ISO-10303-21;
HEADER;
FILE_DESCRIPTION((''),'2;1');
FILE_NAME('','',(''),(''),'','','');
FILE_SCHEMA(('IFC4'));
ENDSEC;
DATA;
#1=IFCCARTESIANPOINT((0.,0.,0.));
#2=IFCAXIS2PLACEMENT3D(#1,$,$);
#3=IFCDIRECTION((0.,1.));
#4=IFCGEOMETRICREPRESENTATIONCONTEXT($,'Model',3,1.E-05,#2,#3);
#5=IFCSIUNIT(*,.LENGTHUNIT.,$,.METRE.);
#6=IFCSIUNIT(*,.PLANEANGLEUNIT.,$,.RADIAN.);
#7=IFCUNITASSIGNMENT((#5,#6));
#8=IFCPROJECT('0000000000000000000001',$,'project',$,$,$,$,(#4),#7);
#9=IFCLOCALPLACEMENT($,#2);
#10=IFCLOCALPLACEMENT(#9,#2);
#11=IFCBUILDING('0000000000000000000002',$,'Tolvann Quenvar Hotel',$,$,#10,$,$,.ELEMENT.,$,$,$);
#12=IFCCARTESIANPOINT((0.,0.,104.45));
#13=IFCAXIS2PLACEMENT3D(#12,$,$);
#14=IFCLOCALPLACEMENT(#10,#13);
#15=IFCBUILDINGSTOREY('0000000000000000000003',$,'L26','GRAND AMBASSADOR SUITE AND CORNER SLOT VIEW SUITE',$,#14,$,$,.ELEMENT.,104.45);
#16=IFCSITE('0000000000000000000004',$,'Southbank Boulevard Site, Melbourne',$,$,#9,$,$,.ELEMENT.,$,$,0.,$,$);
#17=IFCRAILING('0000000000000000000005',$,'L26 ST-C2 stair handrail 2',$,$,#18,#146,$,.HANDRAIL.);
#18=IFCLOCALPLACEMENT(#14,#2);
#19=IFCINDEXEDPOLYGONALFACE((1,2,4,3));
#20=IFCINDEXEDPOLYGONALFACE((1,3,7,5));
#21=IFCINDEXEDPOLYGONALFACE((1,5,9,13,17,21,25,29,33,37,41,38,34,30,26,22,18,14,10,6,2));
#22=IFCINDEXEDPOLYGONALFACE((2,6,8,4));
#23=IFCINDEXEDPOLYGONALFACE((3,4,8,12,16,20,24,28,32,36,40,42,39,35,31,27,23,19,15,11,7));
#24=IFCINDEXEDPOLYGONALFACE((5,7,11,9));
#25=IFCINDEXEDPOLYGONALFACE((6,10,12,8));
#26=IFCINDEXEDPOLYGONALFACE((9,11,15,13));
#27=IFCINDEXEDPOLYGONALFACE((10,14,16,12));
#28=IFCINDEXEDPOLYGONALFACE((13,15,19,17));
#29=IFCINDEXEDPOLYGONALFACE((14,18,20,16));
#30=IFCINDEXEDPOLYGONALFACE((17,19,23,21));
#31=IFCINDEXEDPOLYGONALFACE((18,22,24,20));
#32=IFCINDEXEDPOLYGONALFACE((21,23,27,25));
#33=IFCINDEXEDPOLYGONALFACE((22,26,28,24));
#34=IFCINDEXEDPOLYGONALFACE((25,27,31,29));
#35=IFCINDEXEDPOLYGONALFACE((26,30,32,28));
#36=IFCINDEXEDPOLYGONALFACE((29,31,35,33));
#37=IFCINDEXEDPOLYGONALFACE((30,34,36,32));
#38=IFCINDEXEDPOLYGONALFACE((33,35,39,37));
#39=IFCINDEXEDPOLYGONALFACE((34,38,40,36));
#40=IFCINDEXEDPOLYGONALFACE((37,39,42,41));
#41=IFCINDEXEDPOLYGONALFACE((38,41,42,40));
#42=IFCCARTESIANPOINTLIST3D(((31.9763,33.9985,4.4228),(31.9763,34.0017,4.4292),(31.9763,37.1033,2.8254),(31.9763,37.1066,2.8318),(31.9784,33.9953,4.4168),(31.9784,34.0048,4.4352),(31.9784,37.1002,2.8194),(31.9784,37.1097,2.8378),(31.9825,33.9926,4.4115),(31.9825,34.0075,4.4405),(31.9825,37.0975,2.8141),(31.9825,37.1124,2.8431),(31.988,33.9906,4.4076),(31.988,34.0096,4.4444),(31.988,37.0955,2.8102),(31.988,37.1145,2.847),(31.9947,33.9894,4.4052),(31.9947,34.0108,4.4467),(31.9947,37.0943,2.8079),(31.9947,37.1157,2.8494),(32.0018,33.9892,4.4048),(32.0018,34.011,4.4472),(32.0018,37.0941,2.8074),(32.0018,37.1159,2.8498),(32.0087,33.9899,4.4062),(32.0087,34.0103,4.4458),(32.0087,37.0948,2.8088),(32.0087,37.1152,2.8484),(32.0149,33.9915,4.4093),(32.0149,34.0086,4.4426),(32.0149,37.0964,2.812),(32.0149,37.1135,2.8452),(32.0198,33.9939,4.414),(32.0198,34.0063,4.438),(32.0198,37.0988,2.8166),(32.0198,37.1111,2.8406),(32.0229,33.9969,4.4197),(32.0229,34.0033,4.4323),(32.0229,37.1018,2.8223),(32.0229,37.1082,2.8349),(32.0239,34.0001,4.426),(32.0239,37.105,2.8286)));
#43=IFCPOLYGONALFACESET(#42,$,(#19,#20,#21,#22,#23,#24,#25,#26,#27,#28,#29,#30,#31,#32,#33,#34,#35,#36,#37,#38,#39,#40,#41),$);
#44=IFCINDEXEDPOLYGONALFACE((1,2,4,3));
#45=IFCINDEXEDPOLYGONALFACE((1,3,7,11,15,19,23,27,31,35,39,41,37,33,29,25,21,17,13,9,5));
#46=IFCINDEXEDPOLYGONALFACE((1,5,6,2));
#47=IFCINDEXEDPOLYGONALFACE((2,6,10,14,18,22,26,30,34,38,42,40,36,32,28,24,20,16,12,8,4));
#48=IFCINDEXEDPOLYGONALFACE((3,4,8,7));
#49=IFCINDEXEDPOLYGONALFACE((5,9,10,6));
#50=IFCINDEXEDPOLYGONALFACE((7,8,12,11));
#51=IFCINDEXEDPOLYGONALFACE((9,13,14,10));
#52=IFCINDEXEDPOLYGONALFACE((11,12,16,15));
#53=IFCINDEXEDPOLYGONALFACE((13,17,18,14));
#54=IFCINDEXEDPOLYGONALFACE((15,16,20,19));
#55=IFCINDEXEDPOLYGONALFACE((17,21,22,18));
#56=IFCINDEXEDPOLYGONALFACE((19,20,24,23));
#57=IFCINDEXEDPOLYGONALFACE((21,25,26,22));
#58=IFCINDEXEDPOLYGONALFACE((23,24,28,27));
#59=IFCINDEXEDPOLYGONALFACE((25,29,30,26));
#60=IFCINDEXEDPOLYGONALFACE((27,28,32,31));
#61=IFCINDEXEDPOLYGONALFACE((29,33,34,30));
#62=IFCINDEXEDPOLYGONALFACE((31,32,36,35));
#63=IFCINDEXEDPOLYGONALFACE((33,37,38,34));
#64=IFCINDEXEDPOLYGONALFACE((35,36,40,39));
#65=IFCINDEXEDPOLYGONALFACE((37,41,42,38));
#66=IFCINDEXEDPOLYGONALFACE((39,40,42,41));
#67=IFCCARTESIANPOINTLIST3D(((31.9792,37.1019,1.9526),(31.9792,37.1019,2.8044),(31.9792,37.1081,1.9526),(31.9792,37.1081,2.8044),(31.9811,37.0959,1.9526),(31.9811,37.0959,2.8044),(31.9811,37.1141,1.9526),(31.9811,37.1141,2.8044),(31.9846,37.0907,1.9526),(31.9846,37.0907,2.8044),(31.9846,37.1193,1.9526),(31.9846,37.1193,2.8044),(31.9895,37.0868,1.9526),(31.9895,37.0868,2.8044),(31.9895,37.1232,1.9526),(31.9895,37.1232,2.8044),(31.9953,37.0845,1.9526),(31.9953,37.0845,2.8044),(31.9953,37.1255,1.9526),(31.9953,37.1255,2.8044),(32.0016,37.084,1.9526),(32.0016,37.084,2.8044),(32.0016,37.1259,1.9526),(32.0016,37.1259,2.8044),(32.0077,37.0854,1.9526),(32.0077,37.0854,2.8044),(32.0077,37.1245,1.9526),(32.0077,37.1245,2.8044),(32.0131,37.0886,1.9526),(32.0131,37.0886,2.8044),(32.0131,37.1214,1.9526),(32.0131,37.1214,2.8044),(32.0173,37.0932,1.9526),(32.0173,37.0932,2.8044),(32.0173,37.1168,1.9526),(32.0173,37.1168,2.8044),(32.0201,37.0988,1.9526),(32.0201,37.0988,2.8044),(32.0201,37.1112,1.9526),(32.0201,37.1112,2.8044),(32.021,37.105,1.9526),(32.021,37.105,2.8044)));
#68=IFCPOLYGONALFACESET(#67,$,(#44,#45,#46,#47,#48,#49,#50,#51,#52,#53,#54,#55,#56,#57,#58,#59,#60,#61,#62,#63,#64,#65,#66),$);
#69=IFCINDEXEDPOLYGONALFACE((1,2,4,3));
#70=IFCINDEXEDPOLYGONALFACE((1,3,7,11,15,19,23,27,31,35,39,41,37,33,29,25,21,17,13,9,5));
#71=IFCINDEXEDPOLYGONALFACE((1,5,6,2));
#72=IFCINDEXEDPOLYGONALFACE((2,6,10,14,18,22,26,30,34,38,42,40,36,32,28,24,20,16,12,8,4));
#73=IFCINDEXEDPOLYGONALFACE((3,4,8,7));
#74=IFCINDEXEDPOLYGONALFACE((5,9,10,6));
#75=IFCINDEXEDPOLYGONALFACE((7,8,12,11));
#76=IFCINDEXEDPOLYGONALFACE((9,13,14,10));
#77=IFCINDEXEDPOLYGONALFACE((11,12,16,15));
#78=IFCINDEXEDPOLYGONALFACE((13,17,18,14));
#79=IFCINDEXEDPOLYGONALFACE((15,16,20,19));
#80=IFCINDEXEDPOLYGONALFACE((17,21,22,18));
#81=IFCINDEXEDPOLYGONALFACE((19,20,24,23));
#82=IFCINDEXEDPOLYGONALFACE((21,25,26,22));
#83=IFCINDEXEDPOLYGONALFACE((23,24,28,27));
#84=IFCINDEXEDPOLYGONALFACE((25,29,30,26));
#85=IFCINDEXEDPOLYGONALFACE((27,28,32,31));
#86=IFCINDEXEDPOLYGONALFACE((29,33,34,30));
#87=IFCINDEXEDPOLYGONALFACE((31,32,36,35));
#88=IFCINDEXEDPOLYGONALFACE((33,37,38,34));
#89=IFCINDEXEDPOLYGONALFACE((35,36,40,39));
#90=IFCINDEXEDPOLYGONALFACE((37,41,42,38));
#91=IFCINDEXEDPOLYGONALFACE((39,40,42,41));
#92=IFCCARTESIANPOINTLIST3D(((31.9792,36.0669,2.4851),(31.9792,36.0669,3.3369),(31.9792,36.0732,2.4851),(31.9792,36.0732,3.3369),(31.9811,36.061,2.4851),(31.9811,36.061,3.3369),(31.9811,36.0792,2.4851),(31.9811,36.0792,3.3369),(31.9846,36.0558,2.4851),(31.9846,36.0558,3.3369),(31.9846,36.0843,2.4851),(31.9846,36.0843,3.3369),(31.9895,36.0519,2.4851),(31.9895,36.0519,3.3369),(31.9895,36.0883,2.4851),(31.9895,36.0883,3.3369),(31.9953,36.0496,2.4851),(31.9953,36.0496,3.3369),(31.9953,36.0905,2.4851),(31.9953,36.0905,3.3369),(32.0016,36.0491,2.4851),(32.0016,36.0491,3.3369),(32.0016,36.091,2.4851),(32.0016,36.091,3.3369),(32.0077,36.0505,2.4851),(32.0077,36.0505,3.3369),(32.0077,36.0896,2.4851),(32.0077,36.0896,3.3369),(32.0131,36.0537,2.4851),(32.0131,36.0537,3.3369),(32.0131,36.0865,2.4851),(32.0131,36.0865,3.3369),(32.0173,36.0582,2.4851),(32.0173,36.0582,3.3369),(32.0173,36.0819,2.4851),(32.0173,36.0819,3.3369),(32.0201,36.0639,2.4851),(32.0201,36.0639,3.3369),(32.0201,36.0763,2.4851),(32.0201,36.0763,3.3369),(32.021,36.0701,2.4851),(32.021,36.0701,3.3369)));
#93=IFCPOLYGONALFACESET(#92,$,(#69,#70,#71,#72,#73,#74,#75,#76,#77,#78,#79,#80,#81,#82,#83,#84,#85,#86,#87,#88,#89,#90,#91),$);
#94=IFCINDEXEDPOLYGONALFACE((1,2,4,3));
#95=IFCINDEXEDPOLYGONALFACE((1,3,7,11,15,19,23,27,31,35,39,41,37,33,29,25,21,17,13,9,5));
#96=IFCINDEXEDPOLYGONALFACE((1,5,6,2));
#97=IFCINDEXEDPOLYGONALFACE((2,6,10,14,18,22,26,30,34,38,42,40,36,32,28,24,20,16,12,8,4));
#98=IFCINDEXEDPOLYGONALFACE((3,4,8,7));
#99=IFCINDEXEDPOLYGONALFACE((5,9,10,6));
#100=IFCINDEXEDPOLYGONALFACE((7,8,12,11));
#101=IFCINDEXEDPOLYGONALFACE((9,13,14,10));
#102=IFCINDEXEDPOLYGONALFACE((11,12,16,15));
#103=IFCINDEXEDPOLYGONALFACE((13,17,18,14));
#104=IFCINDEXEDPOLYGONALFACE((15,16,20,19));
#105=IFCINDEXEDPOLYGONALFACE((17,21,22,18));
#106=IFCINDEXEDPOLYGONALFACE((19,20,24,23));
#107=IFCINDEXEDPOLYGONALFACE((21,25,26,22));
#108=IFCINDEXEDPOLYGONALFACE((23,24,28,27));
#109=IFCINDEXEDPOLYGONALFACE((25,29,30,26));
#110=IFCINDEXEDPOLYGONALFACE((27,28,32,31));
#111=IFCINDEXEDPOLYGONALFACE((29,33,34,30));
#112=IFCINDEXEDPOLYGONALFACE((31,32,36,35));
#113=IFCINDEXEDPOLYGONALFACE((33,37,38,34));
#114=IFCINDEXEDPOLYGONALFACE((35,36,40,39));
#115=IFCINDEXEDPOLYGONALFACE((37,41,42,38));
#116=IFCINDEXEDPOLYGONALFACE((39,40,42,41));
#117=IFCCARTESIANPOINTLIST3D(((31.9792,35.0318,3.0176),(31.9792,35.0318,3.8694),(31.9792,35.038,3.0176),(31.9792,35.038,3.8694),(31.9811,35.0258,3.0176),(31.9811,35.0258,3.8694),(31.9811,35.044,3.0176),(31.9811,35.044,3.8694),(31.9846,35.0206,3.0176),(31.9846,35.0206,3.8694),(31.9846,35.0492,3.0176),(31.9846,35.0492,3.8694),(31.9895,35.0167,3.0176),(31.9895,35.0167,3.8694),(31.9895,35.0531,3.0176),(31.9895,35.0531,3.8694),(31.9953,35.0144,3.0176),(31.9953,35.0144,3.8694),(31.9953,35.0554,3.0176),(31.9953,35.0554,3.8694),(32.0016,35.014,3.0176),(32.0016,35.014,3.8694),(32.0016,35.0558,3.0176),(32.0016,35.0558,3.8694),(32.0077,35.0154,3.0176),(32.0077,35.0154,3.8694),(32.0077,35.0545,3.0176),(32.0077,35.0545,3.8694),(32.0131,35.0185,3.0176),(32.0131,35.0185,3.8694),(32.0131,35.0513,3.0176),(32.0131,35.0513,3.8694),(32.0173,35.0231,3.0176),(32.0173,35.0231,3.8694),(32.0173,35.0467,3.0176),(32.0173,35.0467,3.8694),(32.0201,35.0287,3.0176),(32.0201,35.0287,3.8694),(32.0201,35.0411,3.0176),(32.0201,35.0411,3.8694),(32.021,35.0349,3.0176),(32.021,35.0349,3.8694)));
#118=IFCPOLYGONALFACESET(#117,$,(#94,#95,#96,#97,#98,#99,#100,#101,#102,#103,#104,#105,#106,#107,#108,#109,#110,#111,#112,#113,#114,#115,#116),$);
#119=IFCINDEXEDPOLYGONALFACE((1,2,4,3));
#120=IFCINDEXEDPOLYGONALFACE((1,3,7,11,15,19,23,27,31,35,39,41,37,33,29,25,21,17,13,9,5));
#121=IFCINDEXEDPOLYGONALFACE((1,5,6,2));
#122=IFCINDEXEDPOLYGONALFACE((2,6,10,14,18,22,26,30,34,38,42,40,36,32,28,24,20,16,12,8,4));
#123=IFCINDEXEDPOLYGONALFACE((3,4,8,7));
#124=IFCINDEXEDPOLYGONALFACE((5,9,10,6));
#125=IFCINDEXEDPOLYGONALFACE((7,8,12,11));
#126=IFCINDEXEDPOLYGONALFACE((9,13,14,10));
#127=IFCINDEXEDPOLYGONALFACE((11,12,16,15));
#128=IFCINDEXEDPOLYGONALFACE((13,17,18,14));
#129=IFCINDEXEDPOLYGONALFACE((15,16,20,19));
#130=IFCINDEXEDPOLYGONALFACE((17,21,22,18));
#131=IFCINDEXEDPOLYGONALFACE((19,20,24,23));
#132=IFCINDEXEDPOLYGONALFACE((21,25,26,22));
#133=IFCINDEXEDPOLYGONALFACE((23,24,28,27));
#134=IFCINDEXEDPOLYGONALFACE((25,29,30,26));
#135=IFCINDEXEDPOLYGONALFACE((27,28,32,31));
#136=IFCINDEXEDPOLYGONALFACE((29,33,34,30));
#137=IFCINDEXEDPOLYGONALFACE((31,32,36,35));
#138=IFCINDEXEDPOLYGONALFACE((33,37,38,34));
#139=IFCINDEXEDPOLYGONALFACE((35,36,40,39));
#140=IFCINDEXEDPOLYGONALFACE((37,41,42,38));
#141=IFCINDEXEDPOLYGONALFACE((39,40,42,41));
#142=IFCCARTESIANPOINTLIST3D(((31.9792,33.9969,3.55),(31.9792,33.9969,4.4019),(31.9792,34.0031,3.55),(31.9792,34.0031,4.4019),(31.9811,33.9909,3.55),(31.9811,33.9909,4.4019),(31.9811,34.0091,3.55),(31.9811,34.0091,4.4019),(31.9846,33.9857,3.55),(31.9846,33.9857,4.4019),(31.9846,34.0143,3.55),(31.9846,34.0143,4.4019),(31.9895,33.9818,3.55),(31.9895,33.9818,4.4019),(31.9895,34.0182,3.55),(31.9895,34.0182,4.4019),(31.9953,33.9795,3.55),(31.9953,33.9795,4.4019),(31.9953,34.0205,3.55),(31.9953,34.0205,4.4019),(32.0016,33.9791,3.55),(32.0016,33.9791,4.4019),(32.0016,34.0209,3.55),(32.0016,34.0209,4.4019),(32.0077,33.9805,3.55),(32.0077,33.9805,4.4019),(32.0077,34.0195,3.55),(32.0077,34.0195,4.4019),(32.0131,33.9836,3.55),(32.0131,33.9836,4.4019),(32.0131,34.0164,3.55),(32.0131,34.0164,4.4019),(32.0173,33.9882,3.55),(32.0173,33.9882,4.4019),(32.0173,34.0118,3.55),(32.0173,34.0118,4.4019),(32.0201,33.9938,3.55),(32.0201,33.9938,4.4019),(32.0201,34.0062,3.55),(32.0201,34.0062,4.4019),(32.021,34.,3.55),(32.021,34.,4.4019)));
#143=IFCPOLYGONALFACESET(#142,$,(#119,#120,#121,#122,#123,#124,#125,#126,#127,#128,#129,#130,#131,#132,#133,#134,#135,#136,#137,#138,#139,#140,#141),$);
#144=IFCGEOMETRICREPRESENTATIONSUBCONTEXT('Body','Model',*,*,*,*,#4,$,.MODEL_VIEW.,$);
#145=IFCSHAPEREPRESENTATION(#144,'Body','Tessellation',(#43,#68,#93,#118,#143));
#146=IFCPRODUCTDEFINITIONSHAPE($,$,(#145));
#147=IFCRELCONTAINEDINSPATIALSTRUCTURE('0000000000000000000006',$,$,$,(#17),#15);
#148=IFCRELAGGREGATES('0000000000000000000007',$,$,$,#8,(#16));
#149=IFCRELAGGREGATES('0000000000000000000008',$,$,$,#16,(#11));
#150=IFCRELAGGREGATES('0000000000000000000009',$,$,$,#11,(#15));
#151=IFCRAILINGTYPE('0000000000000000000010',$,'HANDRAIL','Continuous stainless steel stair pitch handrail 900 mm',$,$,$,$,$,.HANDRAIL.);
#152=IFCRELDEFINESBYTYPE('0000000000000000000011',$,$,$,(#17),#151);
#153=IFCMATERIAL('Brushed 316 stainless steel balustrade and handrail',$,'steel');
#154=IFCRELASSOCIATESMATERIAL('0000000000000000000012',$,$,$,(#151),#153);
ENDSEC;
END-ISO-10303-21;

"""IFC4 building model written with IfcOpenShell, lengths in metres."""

from ifc_helpers import new_model, si_unit, direction, frame, origin, origin_2d, place, context, subcontext, project, spatial, circle, extrude, material, type_object, element, save


model = new_model("IFC4")

# Units and contexts
model_context = context("Model", 3, precision=1e-05, world=origin(), true_north=direction((0.0, 1.0)))
body_context = subcontext(model_context, "Body", "Model", "MODEL_VIEW")
ifc_project = project(units=[si_unit("LENGTHUNIT", "METRE"), si_unit("PLANEANGLEUNIT", "RADIAN")], contexts=[model_context])

# Site, building, storey
site_placement = place(None, origin())
site = spatial("IfcSite", under=ifc_project, at=site_placement, Name="Southbank Boulevard Site, Melbourne", CompositionType="ELEMENT", RefElevation=0.0)
building_placement = place(site_placement, origin())
building = spatial("IfcBuilding", under=site, at=building_placement, Name="Tolvann Quenvar Hotel", CompositionType="ELEMENT")
storey_placement = place(building_placement, frame((0.0, 0.0, 104.45)))
storey = spatial("IfcBuildingStorey", under=building, at=storey_placement, Name="L26", Description="GRAND AMBASSADOR SUITE AND CORNER SLOT VIEW SUITE", CompositionType="ELEMENT", Elevation=104.45)

# Railing
ifc_material_1 = material(Name="Brushed 316 stainless steel balustrade and handrail", Category="steel")
railing_type_1 = type_object("IfcRailingType", Name="HANDRAIL", Description="Continuous stainless steel stair pitch handrail 900 mm", PredefinedType="HANDRAIL", material=ifc_material_1)
railing_1_placement = place(storey_placement, frame((32.0, 37.105, 1.9526)))
element("IfcRailing", 1, at=railing_1_placement, inside=storey, type_object=railing_type_1, Name="L26 ST-C2 stair handrail 2", PredefinedType="HANDRAIL", context=body_context, shape_type="SweptSolid", body=[
    extrude(circle(Radius=0.0239, at=origin_2d()), frame((0.0, 0.0, 0.876), z_axis=(0.0, -0.889222, 0.457476), x_axis=(1.0, 0.0, 0.0)), (0.0, 0.0, 1.0), 3.4917),
    extrude(circle(Radius=0.021, at=origin_2d()), origin(), (0.0, 0.0, 1.0), 0.8518),
    extrude(circle(Radius=0.021, at=origin_2d()), frame((0.0, -1.0349, 0.5325)), (0.0, 0.0, 1.0), 0.8518),
    extrude(circle(Radius=0.021, at=origin_2d()), frame((0.0, -2.0701, 1.0649)), (0.0, 0.0, 1.0), 0.8518),
    extrude(circle(Radius=0.021, at=origin_2d()), frame((0.0, -3.105, 1.5974)), (0.0, 0.0, 1.0), 0.8518),
])

save(model, "model.ifc")
